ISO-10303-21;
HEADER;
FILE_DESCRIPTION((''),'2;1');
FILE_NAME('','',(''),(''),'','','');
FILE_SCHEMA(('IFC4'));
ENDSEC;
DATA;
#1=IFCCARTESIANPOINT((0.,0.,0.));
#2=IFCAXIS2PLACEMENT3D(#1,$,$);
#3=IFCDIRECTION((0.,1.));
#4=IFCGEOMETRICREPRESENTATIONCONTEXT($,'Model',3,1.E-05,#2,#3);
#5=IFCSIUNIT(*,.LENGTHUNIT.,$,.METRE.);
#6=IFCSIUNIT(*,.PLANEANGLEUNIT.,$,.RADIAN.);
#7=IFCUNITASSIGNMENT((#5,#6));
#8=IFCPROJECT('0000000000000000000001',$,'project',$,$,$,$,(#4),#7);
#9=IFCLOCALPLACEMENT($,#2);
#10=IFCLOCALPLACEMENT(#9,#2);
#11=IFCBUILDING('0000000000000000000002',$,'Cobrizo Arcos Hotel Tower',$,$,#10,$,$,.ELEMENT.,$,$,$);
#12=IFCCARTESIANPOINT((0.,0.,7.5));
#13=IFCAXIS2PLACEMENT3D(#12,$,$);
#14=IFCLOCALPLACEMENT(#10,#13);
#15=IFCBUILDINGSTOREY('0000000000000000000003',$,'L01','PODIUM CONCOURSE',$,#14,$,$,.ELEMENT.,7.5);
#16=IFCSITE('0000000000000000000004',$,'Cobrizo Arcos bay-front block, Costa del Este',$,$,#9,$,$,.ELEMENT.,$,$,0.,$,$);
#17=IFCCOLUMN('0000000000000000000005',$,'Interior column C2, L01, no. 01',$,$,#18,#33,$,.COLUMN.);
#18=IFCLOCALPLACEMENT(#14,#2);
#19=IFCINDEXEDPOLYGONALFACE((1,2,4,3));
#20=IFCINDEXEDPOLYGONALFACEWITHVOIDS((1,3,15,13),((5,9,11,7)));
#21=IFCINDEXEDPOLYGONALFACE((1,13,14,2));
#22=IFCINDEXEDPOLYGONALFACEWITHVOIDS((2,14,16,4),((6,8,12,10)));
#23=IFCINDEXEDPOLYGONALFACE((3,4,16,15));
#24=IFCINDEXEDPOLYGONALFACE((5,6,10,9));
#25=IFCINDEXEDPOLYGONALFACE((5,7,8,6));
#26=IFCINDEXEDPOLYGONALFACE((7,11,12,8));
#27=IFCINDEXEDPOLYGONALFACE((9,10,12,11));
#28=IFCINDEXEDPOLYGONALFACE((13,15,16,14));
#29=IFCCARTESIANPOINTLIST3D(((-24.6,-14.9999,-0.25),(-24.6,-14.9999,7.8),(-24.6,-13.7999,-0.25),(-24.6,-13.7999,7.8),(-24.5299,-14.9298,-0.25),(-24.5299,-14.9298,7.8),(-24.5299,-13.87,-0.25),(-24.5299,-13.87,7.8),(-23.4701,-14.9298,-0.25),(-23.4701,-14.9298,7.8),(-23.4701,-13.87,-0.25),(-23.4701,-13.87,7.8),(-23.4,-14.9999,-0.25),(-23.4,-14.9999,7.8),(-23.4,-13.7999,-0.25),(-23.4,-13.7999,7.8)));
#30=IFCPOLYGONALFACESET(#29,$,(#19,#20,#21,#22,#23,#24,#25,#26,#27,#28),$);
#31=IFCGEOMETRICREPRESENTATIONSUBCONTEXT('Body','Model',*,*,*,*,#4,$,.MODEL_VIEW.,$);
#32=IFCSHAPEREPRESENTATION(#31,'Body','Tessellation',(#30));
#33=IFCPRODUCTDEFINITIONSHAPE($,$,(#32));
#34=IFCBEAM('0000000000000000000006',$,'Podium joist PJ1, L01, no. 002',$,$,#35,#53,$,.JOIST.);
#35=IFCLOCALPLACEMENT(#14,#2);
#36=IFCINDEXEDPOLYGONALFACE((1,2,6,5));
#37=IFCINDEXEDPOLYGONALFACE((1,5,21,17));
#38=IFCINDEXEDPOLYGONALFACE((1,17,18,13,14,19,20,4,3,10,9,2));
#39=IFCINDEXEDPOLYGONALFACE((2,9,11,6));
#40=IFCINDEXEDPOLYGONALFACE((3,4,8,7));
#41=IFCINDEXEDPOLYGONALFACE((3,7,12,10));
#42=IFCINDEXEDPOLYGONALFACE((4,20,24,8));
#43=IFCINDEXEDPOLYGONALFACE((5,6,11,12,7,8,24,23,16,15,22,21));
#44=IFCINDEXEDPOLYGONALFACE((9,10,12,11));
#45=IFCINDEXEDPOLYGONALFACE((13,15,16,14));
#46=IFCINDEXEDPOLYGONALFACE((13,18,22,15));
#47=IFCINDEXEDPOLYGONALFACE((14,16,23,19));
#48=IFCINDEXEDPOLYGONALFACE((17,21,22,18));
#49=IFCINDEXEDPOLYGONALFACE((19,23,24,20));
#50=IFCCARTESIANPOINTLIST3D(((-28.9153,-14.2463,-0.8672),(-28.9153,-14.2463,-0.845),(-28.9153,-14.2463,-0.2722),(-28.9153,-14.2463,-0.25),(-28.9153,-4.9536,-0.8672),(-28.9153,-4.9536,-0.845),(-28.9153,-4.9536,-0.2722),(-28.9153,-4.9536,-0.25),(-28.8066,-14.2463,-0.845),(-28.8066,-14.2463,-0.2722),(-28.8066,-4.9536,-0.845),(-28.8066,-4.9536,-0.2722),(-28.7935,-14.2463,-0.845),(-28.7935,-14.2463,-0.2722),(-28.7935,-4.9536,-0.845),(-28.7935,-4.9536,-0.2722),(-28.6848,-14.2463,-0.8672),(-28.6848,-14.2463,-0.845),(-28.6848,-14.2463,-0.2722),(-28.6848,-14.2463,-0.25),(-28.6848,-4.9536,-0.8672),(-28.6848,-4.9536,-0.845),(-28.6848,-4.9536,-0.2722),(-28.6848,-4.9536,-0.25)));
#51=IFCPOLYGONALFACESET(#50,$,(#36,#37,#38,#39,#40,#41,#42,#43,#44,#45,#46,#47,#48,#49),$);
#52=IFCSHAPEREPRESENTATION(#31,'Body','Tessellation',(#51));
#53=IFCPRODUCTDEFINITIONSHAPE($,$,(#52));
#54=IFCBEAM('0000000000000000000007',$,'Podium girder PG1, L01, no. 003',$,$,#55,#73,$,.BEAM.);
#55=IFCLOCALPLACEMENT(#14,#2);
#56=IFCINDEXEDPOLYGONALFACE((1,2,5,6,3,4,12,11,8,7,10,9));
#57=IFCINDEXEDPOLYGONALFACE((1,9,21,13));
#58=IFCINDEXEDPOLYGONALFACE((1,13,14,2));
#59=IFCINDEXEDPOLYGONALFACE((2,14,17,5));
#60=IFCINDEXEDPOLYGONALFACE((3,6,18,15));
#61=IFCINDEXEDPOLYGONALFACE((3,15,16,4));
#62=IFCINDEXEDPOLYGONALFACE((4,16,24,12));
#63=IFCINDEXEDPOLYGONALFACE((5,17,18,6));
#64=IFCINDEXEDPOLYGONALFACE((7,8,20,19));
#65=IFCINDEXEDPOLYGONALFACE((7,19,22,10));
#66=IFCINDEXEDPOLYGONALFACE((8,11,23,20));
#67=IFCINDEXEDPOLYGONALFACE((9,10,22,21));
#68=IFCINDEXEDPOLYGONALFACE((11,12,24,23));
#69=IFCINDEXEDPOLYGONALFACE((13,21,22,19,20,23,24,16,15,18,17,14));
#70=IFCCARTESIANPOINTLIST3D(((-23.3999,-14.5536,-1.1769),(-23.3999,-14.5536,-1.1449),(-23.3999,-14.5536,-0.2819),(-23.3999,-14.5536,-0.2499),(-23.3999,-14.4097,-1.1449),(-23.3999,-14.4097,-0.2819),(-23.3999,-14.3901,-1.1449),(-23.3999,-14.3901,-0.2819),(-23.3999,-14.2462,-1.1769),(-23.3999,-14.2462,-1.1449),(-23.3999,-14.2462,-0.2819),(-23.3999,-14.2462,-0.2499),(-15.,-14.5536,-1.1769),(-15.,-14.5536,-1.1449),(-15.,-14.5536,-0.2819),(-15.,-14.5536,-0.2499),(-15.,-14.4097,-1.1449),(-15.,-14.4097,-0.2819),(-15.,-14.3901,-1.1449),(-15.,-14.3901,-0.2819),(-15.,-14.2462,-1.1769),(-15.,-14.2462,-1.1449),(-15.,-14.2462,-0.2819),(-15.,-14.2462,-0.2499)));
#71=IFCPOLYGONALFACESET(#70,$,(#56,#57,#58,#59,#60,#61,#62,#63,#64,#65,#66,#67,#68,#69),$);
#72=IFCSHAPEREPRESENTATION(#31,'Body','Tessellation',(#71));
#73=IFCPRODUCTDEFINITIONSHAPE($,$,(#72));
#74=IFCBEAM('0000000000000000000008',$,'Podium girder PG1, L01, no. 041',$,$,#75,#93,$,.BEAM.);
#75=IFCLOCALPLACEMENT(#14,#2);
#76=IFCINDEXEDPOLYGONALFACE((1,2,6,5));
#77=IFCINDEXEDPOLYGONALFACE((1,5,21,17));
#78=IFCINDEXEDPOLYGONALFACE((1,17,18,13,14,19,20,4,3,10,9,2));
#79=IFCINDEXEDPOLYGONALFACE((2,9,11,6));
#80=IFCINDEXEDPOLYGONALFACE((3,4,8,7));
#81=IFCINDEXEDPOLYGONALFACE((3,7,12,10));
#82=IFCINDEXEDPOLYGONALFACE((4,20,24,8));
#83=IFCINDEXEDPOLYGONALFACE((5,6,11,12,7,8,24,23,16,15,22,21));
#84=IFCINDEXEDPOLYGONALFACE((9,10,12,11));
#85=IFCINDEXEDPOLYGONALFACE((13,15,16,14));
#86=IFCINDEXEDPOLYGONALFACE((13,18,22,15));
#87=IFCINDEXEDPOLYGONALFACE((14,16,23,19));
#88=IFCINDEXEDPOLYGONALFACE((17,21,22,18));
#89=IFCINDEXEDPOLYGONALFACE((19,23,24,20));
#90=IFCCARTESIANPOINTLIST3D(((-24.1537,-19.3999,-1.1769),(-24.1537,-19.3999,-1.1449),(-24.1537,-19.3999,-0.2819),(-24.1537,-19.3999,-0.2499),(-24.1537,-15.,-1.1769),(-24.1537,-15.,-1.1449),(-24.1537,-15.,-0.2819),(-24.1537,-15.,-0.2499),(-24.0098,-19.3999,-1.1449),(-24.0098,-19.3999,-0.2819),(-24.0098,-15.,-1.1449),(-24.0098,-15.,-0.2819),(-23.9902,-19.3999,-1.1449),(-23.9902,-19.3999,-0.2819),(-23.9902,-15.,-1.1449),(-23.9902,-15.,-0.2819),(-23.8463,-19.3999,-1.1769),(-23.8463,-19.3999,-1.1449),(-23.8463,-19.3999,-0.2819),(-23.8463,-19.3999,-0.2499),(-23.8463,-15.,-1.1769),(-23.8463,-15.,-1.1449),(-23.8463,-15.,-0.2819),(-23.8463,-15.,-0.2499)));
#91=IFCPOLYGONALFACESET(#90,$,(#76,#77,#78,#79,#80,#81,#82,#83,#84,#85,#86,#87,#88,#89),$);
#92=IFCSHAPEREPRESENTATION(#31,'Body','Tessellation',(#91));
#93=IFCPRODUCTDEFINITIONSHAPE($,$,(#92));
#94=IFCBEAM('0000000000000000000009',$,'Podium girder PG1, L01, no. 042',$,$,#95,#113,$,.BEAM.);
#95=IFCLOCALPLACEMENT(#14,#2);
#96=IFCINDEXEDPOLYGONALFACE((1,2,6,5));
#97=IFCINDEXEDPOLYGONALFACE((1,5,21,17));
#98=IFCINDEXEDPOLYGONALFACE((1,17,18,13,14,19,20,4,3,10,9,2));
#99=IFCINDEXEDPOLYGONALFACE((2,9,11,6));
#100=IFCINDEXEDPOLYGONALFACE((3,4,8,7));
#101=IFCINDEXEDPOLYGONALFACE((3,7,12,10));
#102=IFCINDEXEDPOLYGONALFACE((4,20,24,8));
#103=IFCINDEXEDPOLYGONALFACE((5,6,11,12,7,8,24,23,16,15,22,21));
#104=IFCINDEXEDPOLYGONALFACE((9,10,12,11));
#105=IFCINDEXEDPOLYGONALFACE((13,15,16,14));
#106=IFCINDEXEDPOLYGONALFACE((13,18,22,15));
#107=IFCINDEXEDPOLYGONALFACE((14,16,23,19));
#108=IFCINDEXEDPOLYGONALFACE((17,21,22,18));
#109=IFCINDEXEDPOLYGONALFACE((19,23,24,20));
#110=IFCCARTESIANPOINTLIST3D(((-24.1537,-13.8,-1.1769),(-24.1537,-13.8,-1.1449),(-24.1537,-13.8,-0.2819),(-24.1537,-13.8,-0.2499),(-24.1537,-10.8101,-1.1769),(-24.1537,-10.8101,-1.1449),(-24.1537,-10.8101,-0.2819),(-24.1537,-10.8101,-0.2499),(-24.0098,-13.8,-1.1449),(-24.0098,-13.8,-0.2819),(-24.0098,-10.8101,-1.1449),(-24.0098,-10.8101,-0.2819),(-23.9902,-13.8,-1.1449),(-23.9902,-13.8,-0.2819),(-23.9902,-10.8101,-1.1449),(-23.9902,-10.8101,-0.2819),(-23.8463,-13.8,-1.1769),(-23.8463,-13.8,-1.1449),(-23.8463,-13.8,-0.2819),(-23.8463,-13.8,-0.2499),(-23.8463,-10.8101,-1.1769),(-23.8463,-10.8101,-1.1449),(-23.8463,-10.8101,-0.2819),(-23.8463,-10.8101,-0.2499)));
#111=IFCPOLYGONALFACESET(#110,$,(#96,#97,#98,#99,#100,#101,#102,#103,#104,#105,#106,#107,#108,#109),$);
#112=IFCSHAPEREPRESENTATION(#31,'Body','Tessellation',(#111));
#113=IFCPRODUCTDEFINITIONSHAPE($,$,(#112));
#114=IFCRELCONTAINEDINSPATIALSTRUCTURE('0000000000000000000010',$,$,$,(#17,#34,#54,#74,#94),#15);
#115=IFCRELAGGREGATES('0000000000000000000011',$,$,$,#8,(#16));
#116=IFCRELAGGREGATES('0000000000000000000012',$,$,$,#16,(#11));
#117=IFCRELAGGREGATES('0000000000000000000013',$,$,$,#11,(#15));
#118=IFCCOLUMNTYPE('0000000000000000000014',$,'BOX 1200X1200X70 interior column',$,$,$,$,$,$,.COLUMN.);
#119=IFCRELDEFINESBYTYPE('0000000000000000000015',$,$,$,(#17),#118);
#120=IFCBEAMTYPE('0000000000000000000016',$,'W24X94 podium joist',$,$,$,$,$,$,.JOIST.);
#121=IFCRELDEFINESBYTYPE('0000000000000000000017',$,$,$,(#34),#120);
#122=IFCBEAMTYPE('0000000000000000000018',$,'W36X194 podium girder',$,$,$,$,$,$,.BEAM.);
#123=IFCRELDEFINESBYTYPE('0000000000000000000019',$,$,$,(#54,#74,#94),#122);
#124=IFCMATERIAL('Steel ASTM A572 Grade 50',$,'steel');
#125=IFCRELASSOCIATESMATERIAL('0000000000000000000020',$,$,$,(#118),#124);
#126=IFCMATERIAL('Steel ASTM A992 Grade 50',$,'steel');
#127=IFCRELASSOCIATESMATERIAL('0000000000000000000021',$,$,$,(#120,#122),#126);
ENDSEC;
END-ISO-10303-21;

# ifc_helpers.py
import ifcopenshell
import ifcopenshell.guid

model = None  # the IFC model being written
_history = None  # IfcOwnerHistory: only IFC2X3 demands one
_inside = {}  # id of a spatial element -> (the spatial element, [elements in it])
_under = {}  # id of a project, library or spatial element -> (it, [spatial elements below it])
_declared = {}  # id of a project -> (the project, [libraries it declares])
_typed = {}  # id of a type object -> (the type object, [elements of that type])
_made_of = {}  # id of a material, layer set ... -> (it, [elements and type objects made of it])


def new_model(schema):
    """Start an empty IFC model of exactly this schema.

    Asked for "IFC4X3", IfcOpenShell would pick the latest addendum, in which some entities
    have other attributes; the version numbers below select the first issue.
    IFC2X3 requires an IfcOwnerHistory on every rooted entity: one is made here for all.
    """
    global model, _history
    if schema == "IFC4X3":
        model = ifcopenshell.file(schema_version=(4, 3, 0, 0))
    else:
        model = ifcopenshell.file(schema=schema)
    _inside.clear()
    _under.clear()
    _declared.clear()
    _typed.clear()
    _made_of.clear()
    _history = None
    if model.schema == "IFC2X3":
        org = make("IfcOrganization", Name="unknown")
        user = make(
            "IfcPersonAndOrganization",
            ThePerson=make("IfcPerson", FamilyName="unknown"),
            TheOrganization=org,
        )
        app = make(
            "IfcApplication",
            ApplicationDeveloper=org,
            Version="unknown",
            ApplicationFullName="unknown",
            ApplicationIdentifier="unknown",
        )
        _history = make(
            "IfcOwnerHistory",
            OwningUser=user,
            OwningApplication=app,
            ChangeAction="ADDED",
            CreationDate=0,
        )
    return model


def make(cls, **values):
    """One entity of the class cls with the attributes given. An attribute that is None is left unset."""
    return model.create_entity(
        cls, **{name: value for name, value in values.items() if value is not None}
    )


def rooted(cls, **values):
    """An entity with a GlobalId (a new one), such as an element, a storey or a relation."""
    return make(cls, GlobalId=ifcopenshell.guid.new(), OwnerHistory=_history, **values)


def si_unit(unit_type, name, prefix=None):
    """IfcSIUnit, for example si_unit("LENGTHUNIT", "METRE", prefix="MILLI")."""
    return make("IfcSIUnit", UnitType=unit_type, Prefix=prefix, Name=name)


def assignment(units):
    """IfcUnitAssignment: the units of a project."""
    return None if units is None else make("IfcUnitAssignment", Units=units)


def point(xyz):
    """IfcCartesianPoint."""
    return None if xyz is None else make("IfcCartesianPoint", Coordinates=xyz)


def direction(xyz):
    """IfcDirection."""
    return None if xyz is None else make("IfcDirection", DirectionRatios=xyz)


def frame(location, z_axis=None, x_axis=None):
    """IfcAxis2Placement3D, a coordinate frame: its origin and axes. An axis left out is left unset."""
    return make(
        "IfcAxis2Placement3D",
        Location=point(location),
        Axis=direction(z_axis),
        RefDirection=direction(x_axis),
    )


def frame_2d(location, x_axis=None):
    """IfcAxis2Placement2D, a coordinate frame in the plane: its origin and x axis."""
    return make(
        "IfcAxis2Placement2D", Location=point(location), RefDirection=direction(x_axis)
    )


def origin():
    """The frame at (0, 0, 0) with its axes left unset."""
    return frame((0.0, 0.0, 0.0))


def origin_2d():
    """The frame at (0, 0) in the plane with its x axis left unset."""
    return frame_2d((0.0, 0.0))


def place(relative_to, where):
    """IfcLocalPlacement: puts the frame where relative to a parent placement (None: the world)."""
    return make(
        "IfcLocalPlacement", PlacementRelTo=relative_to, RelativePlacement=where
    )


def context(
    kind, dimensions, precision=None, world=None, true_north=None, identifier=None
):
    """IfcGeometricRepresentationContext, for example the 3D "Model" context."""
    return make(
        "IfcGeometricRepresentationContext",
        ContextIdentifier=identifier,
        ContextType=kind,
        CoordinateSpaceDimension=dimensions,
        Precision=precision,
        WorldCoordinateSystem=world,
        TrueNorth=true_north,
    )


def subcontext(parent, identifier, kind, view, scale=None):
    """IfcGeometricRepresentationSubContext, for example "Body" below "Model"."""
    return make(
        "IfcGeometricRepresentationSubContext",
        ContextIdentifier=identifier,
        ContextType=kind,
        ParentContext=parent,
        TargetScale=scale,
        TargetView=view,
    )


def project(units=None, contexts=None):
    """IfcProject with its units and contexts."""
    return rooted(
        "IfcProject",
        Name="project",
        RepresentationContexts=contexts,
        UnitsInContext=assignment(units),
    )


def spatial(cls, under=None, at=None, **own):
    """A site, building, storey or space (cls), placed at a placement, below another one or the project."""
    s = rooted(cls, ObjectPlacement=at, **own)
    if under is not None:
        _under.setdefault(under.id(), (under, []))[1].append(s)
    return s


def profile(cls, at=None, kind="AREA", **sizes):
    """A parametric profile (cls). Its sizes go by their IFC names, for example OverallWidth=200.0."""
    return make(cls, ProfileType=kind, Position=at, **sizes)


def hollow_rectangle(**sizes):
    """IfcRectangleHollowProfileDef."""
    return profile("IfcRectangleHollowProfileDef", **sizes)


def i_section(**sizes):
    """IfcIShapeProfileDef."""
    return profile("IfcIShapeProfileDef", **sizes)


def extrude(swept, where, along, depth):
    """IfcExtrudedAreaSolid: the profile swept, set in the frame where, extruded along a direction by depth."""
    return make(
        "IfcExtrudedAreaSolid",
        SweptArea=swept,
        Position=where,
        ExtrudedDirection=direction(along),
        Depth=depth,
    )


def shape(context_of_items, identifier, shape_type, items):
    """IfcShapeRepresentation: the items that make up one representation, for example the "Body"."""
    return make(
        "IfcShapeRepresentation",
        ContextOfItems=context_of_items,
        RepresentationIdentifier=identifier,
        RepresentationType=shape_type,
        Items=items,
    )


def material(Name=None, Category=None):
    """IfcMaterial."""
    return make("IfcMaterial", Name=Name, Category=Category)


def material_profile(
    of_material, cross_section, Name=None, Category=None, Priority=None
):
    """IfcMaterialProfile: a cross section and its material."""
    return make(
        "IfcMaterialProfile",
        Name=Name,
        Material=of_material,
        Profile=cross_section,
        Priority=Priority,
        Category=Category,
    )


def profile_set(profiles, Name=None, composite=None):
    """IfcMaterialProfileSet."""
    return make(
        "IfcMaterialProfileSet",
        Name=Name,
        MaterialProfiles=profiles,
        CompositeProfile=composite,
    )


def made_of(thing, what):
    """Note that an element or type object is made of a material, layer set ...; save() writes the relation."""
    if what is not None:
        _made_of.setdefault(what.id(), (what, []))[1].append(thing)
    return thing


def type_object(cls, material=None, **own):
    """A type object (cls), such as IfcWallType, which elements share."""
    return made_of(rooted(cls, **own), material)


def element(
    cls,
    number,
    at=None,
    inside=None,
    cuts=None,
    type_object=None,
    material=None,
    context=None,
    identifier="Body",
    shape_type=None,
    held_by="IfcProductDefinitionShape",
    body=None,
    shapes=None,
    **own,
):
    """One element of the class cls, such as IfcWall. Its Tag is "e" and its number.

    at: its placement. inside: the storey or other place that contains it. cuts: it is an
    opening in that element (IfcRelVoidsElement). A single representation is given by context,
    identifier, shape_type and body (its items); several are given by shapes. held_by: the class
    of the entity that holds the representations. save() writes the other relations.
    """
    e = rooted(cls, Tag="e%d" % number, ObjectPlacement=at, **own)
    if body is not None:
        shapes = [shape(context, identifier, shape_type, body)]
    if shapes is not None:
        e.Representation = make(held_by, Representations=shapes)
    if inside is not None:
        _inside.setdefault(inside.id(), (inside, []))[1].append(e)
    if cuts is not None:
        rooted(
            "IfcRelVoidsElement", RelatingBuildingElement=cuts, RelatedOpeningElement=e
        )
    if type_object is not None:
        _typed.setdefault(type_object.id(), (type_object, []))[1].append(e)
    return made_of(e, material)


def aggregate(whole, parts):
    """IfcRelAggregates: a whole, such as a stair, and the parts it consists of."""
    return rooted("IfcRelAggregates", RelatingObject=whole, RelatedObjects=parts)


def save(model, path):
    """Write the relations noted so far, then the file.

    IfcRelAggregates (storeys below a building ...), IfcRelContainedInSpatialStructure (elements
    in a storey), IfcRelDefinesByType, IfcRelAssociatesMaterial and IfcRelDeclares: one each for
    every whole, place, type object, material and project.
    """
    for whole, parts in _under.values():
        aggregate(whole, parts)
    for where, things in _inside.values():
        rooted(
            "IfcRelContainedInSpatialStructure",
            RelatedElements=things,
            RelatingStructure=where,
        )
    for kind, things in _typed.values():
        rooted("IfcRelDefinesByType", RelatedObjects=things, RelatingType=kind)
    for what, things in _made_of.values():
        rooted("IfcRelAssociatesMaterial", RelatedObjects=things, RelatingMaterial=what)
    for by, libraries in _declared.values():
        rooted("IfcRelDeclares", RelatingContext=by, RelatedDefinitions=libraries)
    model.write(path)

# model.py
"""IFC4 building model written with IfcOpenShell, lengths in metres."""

from ifc_helpers import new_model, si_unit, direction, frame, origin, origin_2d, place, context, subcontext, project, spatial, hollow_rectangle, i_section, extrude, material, material_profile, profile_set, type_object, element, save


model = new_model("IFC4")

# Units and contexts
model_context = context("Model", 3, precision=1e-05, world=origin(), true_north=direction((0.0, 1.0)))
body_context = subcontext(model_context, "Body", "Model", "MODEL_VIEW")
ifc_project = project(units=[si_unit("LENGTHUNIT", "METRE"), si_unit("PLANEANGLEUNIT", "RADIAN")], contexts=[model_context])

# Site, building, storey
site_placement = place(None, origin())
site = spatial("IfcSite", under=ifc_project, at=site_placement, Name="Cobrizo Arcos bay-front block, Costa del Este", CompositionType="ELEMENT", RefElevation=0.0)
building_placement = place(site_placement, origin())
building = spatial("IfcBuilding", under=site, at=building_placement, Name="Cobrizo Arcos Hotel Tower", CompositionType="ELEMENT")
storey_placement = place(building_placement, frame((0.0, 0.0, 7.5)))
storey = spatial("IfcBuildingStorey", under=building, at=storey_placement, Name="L01", Description="PODIUM CONCOURSE", CompositionType="ELEMENT", Elevation=7.5)

# Column
ifc_material_1 = material(Name="Steel ASTM A572 Grade 50", Category="steel")
ifc_material_profile_1 = material_profile(ifc_material_1, hollow_rectangle(XDim=1.2, YDim=1.2, WallThickness=0.0701, at=origin_2d()), Name="BOX 1200X1200X70")
ifc_profile_set_1 = profile_set([ifc_material_profile_1], Name="Steel ASTM A572 Grade 50")
column_type = type_object("IfcColumnType", Name="BOX 1200X1200X70 interior column", PredefinedType="COLUMN", material=ifc_profile_set_1)
column_placement = place(storey_placement, frame((-24.0, -14.3999, -0.25), z_axis=(0.0, 0.0, 1.0), x_axis=(1.0, 0.0, 0.0)))
element("IfcColumn", 1, at=column_placement, inside=storey, type_object=column_type, Name="Interior column C2, L01, no. 01", PredefinedType="COLUMN", context=body_context, shape_type="SweptSolid", body=[
    extrude(hollow_rectangle(XDim=1.2, YDim=1.2, WallThickness=0.0701, at=origin_2d()), origin(), (0.0, 0.0, 1.0), 8.05),
])

# Beams
ifc_material_2 = material(Name="Steel ASTM A992 Grade 50", Category="steel")
ifc_material_profile_2 = material_profile(ifc_material_2, i_section(OverallWidth=0.2305, OverallDepth=0.6172, WebThickness=0.0132, FlangeThickness=0.0222, at=origin_2d()), Name="W24X94")
ifc_profile_set_2 = profile_set([ifc_material_profile_2], Name="Steel ASTM A992 Grade 50")
beam_type_1 = type_object("IfcBeamType", Name="W24X94 podium joist", PredefinedType="JOIST", material=ifc_profile_set_2)
beam_1_placement = place(storey_placement, frame((-28.8, -14.2463, -0.5586), z_axis=(0.0, 1.0, 0.0), x_axis=(-1.0, 0.0, 0.0)))
element("IfcBeam", 2, at=beam_1_placement, inside=storey, type_object=beam_type_1, Name="Podium joist PJ1, L01, no. 002", PredefinedType="JOIST", context=body_context, shape_type="SweptSolid", body=[
    extrude(i_section(OverallWidth=0.2305, OverallDepth=0.6172, WebThickness=0.0132, FlangeThickness=0.0222, at=origin_2d()), origin(), (0.0, 0.0, 1.0), 9.2927),
])
ifc_material_profile_3 = material_profile(ifc_material_2, i_section(OverallWidth=0.3074, OverallDepth=0.927, WebThickness=0.0195, FlangeThickness=0.032, at=origin_2d()), Name="W36X194")
ifc_profile_set_3 = profile_set([ifc_material_profile_3], Name="Steel ASTM A992 Grade 50")
beam_type_2 = type_object("IfcBeamType", Name="W36X194 podium girder", PredefinedType="BEAM", material=ifc_profile_set_3)
beam_2_placement = place(storey_placement, frame((-23.3999, -14.3999, -0.7134), z_axis=(1.0, 0.0, 0.0), x_axis=(0.0, 1.0, 0.0)))
element("IfcBeam", 3, at=beam_2_placement, inside=storey, type_object=beam_type_2, Name="Podium girder PG1, L01, no. 003", PredefinedType="BEAM", context=body_context, shape_type="SweptSolid", body=[
    extrude(i_section(OverallWidth=0.3074, OverallDepth=0.927, WebThickness=0.0195, FlangeThickness=0.032, at=origin_2d()), origin(), (0.0, 0.0, 1.0), 8.3999),
])
beam_3_placement = place(storey_placement, frame((-24.0, -19.3999, -0.7134), z_axis=(0.0, 1.0, 0.0), x_axis=(-1.0, 0.0, 0.0)))
element("IfcBeam", 4, at=beam_3_placement, inside=storey, type_object=beam_type_2, Name="Podium girder PG1, L01, no. 041", PredefinedType="BEAM", context=body_context, shape_type="SweptSolid", body=[
    extrude(i_section(OverallWidth=0.3074, OverallDepth=0.927, WebThickness=0.0195, FlangeThickness=0.032, at=origin_2d()), origin(), (0.0, 0.0, 1.0), 4.3999),
])
beam_4_placement = place(storey_placement, frame((-24.0, -13.8, -0.7134), z_axis=(0.0, 1.0, 0.0), x_axis=(-1.0, 0.0, 0.0)))
element("IfcBeam", 5, at=beam_4_placement, inside=storey, type_object=beam_type_2, Name="Podium girder PG1, L01, no. 042", PredefinedType="BEAM", context=body_context, shape_type="SweptSolid", body=[
    extrude(i_section(OverallWidth=0.3074, OverallDepth=0.927, WebThickness=0.0195, FlangeThickness=0.032, at=origin_2d()), origin(), (0.0, 0.0, 1.0), 2.99),
])

save(model, "model.ifc")
